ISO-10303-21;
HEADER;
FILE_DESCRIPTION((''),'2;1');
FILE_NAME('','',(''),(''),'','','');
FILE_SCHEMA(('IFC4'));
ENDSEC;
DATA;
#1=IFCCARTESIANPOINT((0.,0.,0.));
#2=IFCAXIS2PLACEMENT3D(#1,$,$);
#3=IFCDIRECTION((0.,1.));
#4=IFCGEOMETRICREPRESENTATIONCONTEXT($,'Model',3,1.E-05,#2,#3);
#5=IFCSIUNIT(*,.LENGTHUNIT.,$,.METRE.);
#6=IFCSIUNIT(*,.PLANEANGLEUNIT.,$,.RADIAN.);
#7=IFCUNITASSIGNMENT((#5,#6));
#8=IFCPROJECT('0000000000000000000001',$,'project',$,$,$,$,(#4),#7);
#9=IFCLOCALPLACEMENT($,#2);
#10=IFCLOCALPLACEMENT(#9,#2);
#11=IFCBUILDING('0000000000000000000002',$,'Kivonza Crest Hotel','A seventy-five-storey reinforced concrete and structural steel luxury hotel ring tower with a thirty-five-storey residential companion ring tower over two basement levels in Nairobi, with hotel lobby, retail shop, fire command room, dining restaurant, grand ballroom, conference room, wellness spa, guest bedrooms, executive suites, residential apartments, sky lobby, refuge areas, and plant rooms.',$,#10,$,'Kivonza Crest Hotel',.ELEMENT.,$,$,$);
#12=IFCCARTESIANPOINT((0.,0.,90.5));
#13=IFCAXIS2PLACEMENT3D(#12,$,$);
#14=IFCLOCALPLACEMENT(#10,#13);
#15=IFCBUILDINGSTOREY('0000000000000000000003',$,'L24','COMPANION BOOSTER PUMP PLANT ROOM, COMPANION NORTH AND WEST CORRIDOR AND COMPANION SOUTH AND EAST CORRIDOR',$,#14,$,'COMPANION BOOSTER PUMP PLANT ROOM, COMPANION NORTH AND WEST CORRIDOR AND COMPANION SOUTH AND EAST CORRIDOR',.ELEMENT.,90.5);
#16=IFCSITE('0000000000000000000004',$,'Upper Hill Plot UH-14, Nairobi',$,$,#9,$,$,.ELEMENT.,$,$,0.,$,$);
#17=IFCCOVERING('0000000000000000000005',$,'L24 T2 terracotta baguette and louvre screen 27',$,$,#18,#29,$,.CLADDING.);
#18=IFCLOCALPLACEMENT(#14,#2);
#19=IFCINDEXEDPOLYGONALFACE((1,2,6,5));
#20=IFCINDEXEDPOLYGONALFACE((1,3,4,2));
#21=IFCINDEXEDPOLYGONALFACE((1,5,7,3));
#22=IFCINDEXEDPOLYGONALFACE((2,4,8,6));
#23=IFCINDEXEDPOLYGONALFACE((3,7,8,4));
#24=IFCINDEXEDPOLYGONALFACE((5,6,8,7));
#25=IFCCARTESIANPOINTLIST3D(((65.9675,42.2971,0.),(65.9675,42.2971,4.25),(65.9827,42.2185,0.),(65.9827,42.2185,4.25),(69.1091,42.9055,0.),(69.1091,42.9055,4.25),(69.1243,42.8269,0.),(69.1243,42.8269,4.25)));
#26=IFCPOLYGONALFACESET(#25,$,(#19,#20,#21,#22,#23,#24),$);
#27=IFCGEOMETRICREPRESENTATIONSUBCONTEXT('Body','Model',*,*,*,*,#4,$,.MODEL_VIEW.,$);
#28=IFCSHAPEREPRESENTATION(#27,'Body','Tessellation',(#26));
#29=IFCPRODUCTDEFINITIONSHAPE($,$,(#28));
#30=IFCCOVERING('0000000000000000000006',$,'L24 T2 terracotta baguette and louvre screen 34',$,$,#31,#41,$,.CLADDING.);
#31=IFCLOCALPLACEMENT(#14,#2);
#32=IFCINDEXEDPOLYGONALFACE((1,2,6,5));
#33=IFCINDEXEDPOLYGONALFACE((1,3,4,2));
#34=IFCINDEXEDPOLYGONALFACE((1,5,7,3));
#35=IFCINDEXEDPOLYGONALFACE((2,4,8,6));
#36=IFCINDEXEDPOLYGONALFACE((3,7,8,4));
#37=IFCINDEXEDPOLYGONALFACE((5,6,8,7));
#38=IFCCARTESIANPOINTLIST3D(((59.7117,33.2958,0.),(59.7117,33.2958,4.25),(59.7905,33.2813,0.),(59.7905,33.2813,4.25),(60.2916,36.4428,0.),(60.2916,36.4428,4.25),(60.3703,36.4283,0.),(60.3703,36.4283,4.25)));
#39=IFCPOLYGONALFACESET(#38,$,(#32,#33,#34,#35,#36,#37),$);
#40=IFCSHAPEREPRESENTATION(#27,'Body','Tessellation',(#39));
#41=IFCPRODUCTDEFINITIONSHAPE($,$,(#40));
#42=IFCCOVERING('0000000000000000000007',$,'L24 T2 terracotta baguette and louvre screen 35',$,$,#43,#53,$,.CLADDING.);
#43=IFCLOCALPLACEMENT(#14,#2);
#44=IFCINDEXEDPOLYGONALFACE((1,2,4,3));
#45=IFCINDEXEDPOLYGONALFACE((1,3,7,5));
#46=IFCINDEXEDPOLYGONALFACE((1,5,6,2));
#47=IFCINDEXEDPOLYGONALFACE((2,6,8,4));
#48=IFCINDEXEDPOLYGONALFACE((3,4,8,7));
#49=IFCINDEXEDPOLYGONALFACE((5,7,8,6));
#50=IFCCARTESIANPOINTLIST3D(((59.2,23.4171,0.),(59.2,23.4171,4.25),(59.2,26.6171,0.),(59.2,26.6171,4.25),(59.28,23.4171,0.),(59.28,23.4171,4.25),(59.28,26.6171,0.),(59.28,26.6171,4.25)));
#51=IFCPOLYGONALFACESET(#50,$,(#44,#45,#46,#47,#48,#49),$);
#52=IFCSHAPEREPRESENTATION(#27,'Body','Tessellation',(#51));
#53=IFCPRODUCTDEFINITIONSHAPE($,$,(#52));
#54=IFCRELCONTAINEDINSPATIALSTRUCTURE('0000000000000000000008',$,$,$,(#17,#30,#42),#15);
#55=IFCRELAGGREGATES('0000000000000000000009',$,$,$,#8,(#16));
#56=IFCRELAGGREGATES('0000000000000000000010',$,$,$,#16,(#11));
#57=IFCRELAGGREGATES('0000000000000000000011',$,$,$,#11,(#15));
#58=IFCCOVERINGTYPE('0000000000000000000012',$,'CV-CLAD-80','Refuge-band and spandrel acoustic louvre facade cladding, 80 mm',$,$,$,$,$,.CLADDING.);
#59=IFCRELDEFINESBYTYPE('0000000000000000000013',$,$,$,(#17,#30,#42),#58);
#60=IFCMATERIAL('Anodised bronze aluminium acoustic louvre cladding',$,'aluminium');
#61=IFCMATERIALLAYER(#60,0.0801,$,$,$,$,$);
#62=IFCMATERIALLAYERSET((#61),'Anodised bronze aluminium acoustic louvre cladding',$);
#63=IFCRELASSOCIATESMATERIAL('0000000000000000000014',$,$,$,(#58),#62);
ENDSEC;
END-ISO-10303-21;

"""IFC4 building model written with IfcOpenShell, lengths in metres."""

from ifc_helpers import new_model, si_unit, direction, frame, origin, origin_2d, place, context, subcontext, project, spatial, rectangle, extrude, material, layer, layer_set, type_object, element, save


model = new_model("IFC4")

# Units and contexts
model_context = context("Model", 3, precision=1e-05, world=origin(), true_north=direction((0.0, 1.0)))
body_context = subcontext(model_context, "Body", "Model", "MODEL_VIEW")
ifc_project = project(units=[si_unit("LENGTHUNIT", "METRE"), si_unit("PLANEANGLEUNIT", "RADIAN")], contexts=[model_context])

# Site, building, storey
site_placement = place(None, origin())
site = spatial("IfcSite", under=ifc_project, at=site_placement, Name="Upper Hill Plot UH-14, Nairobi", CompositionType="ELEMENT", RefElevation=0.0)
building_placement = place(site_placement, origin())
building = spatial("IfcBuilding", under=site, at=building_placement, Name="Kivonza Crest Hotel", Description="A seventy-five-storey reinforced concrete and structural steel luxury hotel ring tower with a thirty-five-storey residential companion ring tower over two basement levels in Nairobi, with hotel lobby, retail shop, fire command room, dining restaurant, grand ballroom, conference room, wellness spa, guest bedrooms, executive suites, residential apartments, sky lobby, refuge areas, and plant rooms.", LongName="Kivonza Crest Hotel", CompositionType="ELEMENT")
storey_placement = place(building_placement, frame((0.0, 0.0, 90.5)))
storey = spatial("IfcBuildingStorey", under=building, at=storey_placement, Name="L24", Description="COMPANION BOOSTER PUMP PLANT ROOM, COMPANION NORTH AND WEST CORRIDOR AND COMPANION SOUTH AND EAST CORRIDOR", LongName="COMPANION BOOSTER PUMP PLANT ROOM, COMPANION NORTH AND WEST CORRIDOR AND COMPANION SOUTH AND EAST CORRIDOR", CompositionType="ELEMENT", Elevation=90.5)

# Coverings
ifc_material_1 = material(Name="Anodised bronze aluminium acoustic louvre cladding", Category="aluminium")
ifc_layer_1 = layer(ifc_material_1, 0.0801)
ifc_layer_set_1 = layer_set([ifc_layer_1], Name="Anodised bronze aluminium acoustic louvre cladding")
covering_type = type_object("IfcCoveringType", Name="CV-CLAD-80", Description="Refuge-band and spandrel acoustic louvre facade cladding, 80 mm", PredefinedType="CLADDING", material=ifc_layer_set_1)
for number, where, z_axis, x_axis, name in (
    (1, (67.5459, 42.562, 0.0), (0.0, 0.0, 1.0), (-0.98176, -0.190124, 0.0), "L24 T2 terracotta baguette and louvre screen 27"),
    (2, (60.041, 34.8621, 0.0), (0.0, 0.0, 1.0), (-0.181206, -0.983445, 0.0), "L24 T2 terracotta baguette and louvre screen 34"),
    (3, (59.24, 25.0171, 0.0), (0.0, 0.0, 1.0), (0.0, -1.0, 0.0), "L24 T2 terracotta baguette and louvre screen 35"),
):
    element("IfcCovering", number, at=place(storey_placement, frame(where, z_axis=z_axis, x_axis=x_axis)), inside=storey, type_object=covering_type, Name=name, PredefinedType="CLADDING", context=body_context, shape_type="SweptSolid", body=[
        extrude(rectangle(XDim=3.2, YDim=0.0801, at=origin_2d()), origin(), (0.0, 0.0, 1.0), 4.25),
    ])

save(model, "model.ifc")
